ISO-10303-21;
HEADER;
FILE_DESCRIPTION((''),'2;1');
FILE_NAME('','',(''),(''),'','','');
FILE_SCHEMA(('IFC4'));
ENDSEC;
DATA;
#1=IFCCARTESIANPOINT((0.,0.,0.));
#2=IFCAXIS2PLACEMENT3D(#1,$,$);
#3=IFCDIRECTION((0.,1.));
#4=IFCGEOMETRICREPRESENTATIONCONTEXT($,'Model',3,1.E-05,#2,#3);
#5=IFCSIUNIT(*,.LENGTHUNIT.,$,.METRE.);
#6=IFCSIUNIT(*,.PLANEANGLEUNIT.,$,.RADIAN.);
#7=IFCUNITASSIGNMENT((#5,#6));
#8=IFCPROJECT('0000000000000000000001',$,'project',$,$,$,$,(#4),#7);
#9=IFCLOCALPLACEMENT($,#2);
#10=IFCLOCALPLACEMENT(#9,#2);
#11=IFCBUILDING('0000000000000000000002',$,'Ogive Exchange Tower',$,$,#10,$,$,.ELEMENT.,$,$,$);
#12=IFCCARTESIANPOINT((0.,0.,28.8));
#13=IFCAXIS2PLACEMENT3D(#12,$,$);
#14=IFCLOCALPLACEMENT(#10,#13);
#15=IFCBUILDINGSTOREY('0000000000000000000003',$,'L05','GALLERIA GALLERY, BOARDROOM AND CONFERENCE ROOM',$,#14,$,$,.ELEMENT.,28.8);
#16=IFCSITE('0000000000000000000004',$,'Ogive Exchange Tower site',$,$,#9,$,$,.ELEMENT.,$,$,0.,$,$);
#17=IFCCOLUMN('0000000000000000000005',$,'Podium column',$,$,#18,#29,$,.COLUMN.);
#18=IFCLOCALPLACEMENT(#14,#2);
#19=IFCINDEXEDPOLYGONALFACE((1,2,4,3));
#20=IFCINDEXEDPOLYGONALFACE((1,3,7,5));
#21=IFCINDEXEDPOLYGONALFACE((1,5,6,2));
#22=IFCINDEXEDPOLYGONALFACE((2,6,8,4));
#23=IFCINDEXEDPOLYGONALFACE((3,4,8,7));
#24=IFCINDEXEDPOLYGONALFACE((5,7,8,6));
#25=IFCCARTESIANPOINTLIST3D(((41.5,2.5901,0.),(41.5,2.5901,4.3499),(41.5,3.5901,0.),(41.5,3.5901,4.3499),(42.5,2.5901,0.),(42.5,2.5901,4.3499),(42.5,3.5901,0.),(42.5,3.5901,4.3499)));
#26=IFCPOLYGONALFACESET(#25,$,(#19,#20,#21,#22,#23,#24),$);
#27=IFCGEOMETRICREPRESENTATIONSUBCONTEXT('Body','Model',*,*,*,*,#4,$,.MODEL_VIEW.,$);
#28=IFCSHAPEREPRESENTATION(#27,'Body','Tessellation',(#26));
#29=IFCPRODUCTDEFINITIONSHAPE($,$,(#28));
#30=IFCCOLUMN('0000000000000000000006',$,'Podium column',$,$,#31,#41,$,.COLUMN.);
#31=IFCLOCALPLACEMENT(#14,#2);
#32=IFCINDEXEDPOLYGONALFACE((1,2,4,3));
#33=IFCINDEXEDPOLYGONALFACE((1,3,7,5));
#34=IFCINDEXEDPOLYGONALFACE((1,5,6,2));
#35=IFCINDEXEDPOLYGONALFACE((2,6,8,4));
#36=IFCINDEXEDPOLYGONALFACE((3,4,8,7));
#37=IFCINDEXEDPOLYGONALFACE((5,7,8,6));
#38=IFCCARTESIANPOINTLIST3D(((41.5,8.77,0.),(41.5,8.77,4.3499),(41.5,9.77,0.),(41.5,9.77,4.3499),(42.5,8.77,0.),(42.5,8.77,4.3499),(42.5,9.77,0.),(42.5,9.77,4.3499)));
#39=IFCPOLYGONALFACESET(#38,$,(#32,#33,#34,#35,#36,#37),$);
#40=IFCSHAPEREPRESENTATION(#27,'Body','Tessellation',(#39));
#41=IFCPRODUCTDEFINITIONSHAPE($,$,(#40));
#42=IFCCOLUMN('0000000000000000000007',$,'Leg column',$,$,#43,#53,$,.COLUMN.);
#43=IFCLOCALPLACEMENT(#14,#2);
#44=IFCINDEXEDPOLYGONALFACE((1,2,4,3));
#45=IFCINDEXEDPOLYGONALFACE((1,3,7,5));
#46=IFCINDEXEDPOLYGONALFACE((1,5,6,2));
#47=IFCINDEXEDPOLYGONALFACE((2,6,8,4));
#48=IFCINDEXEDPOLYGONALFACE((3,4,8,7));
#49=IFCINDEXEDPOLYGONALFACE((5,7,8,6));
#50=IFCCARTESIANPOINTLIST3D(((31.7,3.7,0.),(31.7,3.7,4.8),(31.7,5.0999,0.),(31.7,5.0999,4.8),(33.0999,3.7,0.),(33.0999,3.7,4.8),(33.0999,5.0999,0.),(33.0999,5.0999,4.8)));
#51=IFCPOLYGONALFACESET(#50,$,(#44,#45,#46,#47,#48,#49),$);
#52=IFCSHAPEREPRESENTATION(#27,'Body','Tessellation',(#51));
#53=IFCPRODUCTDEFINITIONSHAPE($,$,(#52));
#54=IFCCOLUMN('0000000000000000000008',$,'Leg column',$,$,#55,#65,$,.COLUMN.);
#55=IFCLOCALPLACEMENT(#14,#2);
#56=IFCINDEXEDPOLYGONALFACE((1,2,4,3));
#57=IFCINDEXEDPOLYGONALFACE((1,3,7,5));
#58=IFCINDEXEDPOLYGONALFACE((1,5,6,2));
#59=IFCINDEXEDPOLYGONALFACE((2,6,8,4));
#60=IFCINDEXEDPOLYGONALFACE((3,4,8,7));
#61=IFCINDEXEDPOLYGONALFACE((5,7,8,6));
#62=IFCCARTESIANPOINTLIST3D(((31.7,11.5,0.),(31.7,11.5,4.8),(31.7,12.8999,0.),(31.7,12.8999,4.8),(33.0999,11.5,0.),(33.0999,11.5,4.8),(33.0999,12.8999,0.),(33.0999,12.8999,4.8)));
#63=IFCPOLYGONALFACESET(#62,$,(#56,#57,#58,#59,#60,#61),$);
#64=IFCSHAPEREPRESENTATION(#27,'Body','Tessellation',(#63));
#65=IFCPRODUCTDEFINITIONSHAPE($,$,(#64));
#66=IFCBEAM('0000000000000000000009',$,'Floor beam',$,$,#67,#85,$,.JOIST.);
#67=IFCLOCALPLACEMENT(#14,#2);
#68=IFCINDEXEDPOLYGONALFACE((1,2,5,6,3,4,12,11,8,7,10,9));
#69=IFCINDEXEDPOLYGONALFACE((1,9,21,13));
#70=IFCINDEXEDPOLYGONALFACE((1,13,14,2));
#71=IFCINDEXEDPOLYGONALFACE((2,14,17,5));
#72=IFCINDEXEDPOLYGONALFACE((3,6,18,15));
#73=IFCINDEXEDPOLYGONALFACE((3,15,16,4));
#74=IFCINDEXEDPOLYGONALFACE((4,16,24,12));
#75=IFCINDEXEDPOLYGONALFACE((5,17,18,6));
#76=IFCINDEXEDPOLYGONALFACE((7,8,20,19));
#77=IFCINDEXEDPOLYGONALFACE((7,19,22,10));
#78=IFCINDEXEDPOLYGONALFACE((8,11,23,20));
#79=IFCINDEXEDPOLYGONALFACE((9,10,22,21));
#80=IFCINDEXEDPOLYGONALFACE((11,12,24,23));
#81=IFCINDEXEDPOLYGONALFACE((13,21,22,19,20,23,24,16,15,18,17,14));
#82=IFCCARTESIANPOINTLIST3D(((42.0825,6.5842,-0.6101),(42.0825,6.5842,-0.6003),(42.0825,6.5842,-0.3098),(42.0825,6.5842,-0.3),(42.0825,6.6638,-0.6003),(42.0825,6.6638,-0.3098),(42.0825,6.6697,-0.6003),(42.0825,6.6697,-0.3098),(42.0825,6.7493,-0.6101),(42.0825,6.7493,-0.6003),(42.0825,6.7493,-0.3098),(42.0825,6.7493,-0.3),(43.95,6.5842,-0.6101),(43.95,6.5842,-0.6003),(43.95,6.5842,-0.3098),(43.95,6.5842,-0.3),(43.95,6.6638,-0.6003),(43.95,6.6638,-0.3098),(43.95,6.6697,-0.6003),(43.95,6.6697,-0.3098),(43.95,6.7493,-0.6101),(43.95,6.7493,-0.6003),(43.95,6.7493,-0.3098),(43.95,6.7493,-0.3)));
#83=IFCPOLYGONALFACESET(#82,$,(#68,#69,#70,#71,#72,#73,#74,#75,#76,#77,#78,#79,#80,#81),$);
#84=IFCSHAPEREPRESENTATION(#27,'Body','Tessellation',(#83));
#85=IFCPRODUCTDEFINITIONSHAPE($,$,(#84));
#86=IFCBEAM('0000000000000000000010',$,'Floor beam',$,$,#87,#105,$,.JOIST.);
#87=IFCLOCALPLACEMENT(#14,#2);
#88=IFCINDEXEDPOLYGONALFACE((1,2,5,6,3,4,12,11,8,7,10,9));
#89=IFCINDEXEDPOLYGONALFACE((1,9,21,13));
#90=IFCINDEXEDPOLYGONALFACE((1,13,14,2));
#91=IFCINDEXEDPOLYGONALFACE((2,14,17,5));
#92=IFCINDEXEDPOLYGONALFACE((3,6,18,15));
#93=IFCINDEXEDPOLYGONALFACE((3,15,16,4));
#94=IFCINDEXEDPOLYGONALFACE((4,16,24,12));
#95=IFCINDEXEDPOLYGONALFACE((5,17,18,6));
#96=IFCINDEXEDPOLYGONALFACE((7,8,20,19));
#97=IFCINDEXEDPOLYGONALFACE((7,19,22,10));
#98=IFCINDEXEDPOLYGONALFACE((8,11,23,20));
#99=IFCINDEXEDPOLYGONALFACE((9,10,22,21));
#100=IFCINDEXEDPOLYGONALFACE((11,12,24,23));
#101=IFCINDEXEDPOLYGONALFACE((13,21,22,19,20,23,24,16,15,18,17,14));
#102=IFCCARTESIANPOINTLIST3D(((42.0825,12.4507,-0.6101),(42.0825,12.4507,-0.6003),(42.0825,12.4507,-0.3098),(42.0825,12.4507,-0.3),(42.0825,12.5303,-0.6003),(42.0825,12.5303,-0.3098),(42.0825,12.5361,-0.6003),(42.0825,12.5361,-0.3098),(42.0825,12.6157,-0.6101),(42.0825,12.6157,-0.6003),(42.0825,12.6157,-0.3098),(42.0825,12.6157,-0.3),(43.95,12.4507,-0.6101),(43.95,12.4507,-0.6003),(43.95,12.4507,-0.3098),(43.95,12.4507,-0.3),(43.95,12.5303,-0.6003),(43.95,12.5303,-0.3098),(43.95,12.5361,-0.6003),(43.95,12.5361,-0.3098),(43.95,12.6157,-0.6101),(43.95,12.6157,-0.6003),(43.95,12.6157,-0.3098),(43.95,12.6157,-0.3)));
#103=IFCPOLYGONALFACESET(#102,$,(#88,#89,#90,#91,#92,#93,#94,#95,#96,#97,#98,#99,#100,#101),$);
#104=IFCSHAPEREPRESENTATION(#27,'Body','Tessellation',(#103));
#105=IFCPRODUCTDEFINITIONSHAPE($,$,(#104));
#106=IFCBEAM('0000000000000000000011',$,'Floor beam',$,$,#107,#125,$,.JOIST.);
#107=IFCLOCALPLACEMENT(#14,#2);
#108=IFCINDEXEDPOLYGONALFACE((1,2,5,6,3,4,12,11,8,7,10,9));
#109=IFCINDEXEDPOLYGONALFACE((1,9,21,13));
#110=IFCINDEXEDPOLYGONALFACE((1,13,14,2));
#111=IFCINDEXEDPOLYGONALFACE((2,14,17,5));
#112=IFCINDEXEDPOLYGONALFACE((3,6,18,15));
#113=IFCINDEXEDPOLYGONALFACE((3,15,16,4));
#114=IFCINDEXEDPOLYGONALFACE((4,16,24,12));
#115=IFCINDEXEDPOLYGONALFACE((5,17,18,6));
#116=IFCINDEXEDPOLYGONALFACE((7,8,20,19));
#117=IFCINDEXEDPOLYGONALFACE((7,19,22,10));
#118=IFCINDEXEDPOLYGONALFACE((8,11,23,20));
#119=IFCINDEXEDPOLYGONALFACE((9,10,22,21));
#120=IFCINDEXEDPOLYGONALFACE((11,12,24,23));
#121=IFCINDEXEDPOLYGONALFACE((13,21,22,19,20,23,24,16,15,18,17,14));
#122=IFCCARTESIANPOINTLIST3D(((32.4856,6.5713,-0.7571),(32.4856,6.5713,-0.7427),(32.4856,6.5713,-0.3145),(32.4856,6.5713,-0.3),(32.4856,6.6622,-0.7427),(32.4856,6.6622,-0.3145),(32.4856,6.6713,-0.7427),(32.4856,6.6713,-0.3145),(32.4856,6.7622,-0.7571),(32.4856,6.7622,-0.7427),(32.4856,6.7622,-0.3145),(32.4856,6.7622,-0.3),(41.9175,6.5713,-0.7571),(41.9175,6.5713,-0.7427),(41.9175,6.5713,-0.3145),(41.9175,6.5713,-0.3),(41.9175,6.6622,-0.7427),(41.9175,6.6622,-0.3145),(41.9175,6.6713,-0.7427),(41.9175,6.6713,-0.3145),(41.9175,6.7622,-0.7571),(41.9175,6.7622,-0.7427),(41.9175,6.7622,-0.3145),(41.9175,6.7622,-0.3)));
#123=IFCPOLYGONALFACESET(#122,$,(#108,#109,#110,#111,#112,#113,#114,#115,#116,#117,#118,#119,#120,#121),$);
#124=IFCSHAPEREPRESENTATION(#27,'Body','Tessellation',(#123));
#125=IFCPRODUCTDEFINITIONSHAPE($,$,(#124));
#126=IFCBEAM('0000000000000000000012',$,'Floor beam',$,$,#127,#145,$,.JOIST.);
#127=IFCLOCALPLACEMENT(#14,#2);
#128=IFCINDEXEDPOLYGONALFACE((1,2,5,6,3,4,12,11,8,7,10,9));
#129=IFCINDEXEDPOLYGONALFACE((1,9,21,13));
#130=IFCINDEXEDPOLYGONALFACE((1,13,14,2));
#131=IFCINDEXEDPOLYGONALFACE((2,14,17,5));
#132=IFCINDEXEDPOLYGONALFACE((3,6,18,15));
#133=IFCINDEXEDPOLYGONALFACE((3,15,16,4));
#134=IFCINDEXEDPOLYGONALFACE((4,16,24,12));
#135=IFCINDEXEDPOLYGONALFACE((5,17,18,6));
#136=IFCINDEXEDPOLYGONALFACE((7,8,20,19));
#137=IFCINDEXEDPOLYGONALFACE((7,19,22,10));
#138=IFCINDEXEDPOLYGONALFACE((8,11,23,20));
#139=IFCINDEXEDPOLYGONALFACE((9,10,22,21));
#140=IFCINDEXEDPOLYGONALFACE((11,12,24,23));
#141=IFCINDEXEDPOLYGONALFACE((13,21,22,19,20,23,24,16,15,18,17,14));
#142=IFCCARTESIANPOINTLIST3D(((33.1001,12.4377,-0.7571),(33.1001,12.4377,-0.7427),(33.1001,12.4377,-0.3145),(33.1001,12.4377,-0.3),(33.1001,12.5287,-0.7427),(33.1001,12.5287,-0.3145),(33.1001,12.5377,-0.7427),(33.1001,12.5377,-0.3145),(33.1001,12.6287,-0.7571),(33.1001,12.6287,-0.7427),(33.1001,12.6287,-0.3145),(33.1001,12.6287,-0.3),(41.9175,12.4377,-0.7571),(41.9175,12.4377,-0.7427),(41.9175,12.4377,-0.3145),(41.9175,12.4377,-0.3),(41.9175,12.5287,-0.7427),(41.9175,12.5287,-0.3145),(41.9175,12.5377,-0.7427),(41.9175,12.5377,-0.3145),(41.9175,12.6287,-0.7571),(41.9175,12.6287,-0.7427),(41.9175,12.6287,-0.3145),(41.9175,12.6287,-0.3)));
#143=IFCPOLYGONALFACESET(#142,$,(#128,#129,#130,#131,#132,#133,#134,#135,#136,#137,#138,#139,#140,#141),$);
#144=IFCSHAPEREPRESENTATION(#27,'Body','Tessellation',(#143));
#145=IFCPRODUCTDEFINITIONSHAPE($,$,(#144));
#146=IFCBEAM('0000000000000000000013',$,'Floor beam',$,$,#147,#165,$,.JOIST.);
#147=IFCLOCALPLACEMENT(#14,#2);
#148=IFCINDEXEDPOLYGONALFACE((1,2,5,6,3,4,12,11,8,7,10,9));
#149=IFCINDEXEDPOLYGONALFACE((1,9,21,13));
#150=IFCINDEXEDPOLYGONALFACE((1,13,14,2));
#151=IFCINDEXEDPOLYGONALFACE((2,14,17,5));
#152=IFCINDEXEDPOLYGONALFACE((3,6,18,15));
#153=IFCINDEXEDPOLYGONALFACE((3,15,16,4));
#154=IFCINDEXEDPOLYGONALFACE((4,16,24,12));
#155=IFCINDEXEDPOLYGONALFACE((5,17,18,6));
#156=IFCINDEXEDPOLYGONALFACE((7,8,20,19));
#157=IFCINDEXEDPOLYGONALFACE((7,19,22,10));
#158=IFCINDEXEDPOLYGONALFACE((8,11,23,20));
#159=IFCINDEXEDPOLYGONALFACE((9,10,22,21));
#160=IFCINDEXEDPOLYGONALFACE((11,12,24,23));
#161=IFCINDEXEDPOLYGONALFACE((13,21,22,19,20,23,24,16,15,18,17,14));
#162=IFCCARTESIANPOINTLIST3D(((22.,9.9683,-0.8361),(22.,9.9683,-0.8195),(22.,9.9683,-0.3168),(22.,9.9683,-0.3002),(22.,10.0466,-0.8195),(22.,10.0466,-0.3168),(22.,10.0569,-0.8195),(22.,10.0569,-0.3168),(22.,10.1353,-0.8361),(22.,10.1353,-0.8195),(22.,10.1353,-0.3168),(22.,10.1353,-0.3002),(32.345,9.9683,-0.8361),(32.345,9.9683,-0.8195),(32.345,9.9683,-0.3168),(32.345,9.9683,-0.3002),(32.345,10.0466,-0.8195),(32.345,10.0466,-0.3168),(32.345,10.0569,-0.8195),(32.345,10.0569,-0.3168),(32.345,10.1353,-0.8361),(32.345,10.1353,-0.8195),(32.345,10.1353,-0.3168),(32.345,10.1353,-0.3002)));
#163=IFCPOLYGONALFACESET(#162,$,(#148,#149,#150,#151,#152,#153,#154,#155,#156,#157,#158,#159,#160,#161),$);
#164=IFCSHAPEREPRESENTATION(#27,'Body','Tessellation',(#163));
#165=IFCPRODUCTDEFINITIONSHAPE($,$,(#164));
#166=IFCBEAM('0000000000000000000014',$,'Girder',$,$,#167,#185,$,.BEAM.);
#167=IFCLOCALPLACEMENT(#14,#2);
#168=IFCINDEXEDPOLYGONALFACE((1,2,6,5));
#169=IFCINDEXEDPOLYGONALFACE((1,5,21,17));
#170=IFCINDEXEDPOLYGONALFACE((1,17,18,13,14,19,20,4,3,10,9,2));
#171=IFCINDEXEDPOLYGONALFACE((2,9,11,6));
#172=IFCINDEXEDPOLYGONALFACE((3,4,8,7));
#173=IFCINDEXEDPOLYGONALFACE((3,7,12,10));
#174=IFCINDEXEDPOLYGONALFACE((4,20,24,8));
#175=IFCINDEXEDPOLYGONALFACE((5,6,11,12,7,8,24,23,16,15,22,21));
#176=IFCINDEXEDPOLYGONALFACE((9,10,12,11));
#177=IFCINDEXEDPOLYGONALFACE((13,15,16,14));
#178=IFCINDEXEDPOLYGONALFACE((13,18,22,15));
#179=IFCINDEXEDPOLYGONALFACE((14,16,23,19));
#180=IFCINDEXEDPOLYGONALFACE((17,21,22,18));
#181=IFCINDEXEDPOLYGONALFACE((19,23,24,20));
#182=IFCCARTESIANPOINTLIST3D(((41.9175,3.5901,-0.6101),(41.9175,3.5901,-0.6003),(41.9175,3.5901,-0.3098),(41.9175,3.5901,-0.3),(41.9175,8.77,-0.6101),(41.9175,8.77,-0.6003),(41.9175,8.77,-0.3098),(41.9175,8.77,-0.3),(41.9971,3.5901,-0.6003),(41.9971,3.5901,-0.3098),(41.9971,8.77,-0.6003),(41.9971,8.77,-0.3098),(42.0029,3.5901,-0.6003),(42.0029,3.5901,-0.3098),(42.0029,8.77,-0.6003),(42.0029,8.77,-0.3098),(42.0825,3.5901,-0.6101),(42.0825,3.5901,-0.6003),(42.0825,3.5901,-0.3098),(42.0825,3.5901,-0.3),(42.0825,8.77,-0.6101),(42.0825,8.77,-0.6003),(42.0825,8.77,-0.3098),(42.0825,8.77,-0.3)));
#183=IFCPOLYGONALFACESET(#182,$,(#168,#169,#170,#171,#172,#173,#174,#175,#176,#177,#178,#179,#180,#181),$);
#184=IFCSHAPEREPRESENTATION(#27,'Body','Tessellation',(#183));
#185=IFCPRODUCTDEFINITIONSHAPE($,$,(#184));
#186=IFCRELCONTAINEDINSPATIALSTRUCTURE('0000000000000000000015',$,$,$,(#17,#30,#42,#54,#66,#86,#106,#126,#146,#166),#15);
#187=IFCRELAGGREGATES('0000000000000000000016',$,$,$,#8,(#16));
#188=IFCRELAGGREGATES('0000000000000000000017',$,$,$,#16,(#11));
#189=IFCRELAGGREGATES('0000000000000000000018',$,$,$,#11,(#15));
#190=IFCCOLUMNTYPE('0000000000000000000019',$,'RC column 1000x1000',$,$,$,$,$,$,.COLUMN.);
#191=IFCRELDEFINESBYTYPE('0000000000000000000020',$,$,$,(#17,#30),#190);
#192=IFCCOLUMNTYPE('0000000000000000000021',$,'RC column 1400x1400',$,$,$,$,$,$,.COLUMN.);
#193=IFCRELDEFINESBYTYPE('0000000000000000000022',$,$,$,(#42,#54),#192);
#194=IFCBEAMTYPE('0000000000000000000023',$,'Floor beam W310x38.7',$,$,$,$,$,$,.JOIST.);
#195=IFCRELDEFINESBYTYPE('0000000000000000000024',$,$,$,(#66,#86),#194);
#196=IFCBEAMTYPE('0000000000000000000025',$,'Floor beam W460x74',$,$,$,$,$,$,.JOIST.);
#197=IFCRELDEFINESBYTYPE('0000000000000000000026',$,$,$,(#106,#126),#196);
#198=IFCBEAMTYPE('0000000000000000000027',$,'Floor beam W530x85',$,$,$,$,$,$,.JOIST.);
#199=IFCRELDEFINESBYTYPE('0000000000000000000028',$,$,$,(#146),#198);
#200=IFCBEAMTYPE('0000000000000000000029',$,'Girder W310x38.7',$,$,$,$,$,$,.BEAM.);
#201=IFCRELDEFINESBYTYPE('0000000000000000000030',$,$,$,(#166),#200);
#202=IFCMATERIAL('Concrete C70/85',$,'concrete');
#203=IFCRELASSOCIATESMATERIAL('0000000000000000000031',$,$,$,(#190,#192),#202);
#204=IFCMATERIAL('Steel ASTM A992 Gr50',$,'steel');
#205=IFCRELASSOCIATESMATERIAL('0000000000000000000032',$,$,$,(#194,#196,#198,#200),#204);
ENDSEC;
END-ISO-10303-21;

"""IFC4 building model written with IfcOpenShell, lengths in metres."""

from ifc_helpers import new_model, si_unit, direction, frame, origin, origin_2d, place, context, subcontext, project, spatial, rectangle, i_section, extrude, material, material_profile, profile_set, type_object, element, save


model = new_model("IFC4")

# Units and contexts
model_context = context("Model", 3, precision=1e-05, world=origin(), true_north=direction((0.0, 1.0)))
body_context = subcontext(model_context, "Body", "Model", "MODEL_VIEW")
ifc_project = project(units=[si_unit("LENGTHUNIT", "METRE"), si_unit("PLANEANGLEUNIT", "RADIAN")], contexts=[model_context])

# Site, building, storey
site_placement = place(None, origin())
site = spatial("IfcSite", under=ifc_project, at=site_placement, Name="Ogive Exchange Tower site", CompositionType="ELEMENT", RefElevation=0.0)
building_placement = place(site_placement, origin())
building = spatial("IfcBuilding", under=site, at=building_placement, Name="Ogive Exchange Tower", CompositionType="ELEMENT")
storey_placement = place(building_placement, frame((0.0, 0.0, 28.8)))
storey = spatial("IfcBuildingStorey", under=building, at=storey_placement, Name="L05", Description="GALLERIA GALLERY, BOARDROOM AND CONFERENCE ROOM", CompositionType="ELEMENT", Elevation=28.8)

# Columns
ifc_material_1 = material(Name="Concrete C70/85", Category="concrete")
ifc_material_profile_1 = material_profile(ifc_material_1, rectangle(XDim=1.0, YDim=1.0, at=origin_2d()), Name="RC 1000x1000")
ifc_profile_set_1 = profile_set([ifc_material_profile_1], Name="Concrete C70/85")
column_type_1 = type_object("IfcColumnType", Name="RC column 1000x1000", PredefinedType="COLUMN", material=ifc_profile_set_1)
for number, where, z_axis, x_axis, name in (
    (1, (42.0, 3.0901, 0.0), (0.0, 0.0, 1.0), (1.0, 0.0, 0.0), "Podium column"),
    (2, (42.0, 9.27, 0.0), (0.0, 0.0, 1.0), (1.0, 0.0, 0.0), "Podium column"),
):
    element("IfcColumn", number, at=place(storey_placement, frame(where, z_axis=z_axis, x_axis=x_axis)), inside=storey, type_object=column_type_1, Name=name, PredefinedType="COLUMN", context=body_context, shape_type="SweptSolid", body=[
        extrude(rectangle(XDim=1.0, YDim=1.0, at=origin_2d()), origin(), (0.0, 0.0, 1.0), 4.3499),
    ])
ifc_material_profile_2 = material_profile(ifc_material_1, rectangle(XDim=1.3999, YDim=1.3999, at=origin_2d()), Name="RC 1400x1400")
ifc_profile_set_2 = profile_set([ifc_material_profile_2], Name="Concrete C70/85")
column_type_2 = type_object("IfcColumnType", Name="RC column 1400x1400", PredefinedType="COLUMN", material=ifc_profile_set_2)
for number, where, z_axis, x_axis, name in (
    (3, (32.3999, 4.3999, 0.0), (0.0, 0.0, 1.0), (1.0, 0.0, 0.0), "Leg column"),
    (4, (32.3999, 12.2, 0.0), (0.0, 0.0, 1.0), (1.0, 0.0, 0.0), "Leg column"),
):
    element("IfcColumn", number, at=place(storey_placement, frame(where, z_axis=z_axis, x_axis=x_axis)), inside=storey, type_object=column_type_2, Name=name, PredefinedType="COLUMN", context=body_context, shape_type="SweptSolid", body=[
        extrude(rectangle(XDim=1.3999, YDim=1.3999, at=origin_2d()), origin(), (0.0, 0.0, 1.0), 4.8),
    ])

# Beams
ifc_material_2 = material(Name="Steel ASTM A992 Gr50", Category="steel")
ifc_material_profile_3 = material_profile(ifc_material_2, i_section(OverallWidth=0.165, OverallDepth=0.3101, WebThickness=0.0059, FlangeThickness=0.0098, at=origin_2d()), Name="W310x38.7")
ifc_profile_set_3 = profile_set([ifc_material_profile_3], Name="Steel ASTM A992 Gr50")
beam_type_1 = type_object("IfcBeamType", Name="Floor beam W310x38.7", PredefinedType="JOIST", material=ifc_profile_set_3)
for number, where, z_axis, x_axis, name in (
    (5, (42.0825, 6.6667, -0.4551), (1.0, 0.0, 0.0), (0.0, 1.0, 0.0), "Floor beam"),
    (6, (42.0825, 12.5332, -0.4551), (1.0, 0.0, 0.0), (0.0, 1.0, 0.0), "Floor beam"),
):
    element("IfcBeam", number, at=place(storey_placement, frame(where, z_axis=z_axis, x_axis=x_axis)), inside=storey, type_object=beam_type_1, Name=name, PredefinedType="JOIST", context=body_context, shape_type="SweptSolid", body=[
        extrude(i_section(OverallWidth=0.165, OverallDepth=0.3101, WebThickness=0.0059, FlangeThickness=0.0098, at=origin_2d()), origin(), (0.0, 0.0, 1.0), 1.8674),
    ])
ifc_material_profile_4 = material_profile(ifc_material_2, i_section(OverallWidth=0.1909, OverallDepth=0.457, WebThickness=0.009, FlangeThickness=0.0144, at=origin_2d()), Name="W460x74")
ifc_profile_set_4 = profile_set([ifc_material_profile_4], Name="Steel ASTM A992 Gr50")
beam_type_2 = type_object("IfcBeamType", Name="Floor beam W460x74", PredefinedType="JOIST", material=ifc_profile_set_4)
beam_1_placement = place(storey_placement, frame((32.4856, 6.6667, -0.5286), z_axis=(1.0, 0.0, 0.0), x_axis=(0.0, 1.0, 0.0)))
element("IfcBeam", 7, at=beam_1_placement, inside=storey, type_object=beam_type_2, Name="Floor beam", PredefinedType="JOIST", context=body_context, shape_type="SweptSolid", body=[
    extrude(i_section(OverallWidth=0.1909, OverallDepth=0.457, WebThickness=0.009, FlangeThickness=0.0144, at=origin_2d()), origin(), (0.0, 0.0, 1.0), 9.4319),
])
beam_2_placement = place(storey_placement, frame((33.1001, 12.5332, -0.5286), z_axis=(1.0, 0.0, 0.0), x_axis=(0.0, 1.0, 0.0)))
element("IfcBeam", 8, at=beam_2_placement, inside=storey, type_object=beam_type_2, Name="Floor beam", PredefinedType="JOIST", context=body_context, shape_type="SweptSolid", body=[
    extrude(i_section(OverallWidth=0.1909, OverallDepth=0.457, WebThickness=0.009, FlangeThickness=0.0144, at=origin_2d()), origin(), (0.0, 0.0, 1.0), 8.8174),
])
ifc_material_profile_5 = material_profile(ifc_material_2, i_section(OverallWidth=0.167, OverallDepth=0.5359, WebThickness=0.0103, FlangeThickness=0.0166, at=origin_2d()), Name="W530x85")
ifc_profile_set_5 = profile_set([ifc_material_profile_5], Name="Steel ASTM A992 Gr50")
beam_type_3 = type_object("IfcBeamType", Name="Floor beam W530x85", PredefinedType="JOIST", material=ifc_profile_set_5)
beam_3_placement = place(storey_placement, frame((22.0, 10.0518, -0.5681), z_axis=(1.0, 0.0, 0.0), x_axis=(0.0, 1.0, 0.0)))
element("IfcBeam", 9, at=beam_3_placement, inside=storey, type_object=beam_type_3, Name="Floor beam", PredefinedType="JOIST", context=body_context, shape_type="SweptSolid", body=[
    extrude(i_section(OverallWidth=0.167, OverallDepth=0.5359, WebThickness=0.0103, FlangeThickness=0.0166, at=origin_2d()), origin(), (0.0, 0.0, 1.0), 10.345),
])
ifc_material_profile_6 = material_profile(ifc_material_2, i_section(OverallWidth=0.165, OverallDepth=0.3101, WebThickness=0.0059, FlangeThickness=0.0098, at=origin_2d()), Name="W310x38.7")
ifc_profile_set_6 = profile_set([ifc_material_profile_6], Name="Steel ASTM A992 Gr50")
beam_type_4 = type_object("IfcBeamType", Name="Girder W310x38.7", PredefinedType="BEAM", material=ifc_profile_set_6)
beam_4_placement = place(storey_placement, frame((42.0, 3.5901, -0.4551), z_axis=(0.0, 1.0, 0.0), x_axis=(-1.0, 0.0, 0.0)))
element("IfcBeam", 10, at=beam_4_placement, inside=storey, type_object=beam_type_4, Name="Girder", PredefinedType="BEAM", context=body_context, shape_type="SweptSolid", body=[
    extrude(i_section(OverallWidth=0.165, OverallDepth=0.3101, WebThickness=0.0059, FlangeThickness=0.0098, at=origin_2d()), origin(), (0.0, 0.0, 1.0), 5.1799),
])

save(model, "model.ifc")
